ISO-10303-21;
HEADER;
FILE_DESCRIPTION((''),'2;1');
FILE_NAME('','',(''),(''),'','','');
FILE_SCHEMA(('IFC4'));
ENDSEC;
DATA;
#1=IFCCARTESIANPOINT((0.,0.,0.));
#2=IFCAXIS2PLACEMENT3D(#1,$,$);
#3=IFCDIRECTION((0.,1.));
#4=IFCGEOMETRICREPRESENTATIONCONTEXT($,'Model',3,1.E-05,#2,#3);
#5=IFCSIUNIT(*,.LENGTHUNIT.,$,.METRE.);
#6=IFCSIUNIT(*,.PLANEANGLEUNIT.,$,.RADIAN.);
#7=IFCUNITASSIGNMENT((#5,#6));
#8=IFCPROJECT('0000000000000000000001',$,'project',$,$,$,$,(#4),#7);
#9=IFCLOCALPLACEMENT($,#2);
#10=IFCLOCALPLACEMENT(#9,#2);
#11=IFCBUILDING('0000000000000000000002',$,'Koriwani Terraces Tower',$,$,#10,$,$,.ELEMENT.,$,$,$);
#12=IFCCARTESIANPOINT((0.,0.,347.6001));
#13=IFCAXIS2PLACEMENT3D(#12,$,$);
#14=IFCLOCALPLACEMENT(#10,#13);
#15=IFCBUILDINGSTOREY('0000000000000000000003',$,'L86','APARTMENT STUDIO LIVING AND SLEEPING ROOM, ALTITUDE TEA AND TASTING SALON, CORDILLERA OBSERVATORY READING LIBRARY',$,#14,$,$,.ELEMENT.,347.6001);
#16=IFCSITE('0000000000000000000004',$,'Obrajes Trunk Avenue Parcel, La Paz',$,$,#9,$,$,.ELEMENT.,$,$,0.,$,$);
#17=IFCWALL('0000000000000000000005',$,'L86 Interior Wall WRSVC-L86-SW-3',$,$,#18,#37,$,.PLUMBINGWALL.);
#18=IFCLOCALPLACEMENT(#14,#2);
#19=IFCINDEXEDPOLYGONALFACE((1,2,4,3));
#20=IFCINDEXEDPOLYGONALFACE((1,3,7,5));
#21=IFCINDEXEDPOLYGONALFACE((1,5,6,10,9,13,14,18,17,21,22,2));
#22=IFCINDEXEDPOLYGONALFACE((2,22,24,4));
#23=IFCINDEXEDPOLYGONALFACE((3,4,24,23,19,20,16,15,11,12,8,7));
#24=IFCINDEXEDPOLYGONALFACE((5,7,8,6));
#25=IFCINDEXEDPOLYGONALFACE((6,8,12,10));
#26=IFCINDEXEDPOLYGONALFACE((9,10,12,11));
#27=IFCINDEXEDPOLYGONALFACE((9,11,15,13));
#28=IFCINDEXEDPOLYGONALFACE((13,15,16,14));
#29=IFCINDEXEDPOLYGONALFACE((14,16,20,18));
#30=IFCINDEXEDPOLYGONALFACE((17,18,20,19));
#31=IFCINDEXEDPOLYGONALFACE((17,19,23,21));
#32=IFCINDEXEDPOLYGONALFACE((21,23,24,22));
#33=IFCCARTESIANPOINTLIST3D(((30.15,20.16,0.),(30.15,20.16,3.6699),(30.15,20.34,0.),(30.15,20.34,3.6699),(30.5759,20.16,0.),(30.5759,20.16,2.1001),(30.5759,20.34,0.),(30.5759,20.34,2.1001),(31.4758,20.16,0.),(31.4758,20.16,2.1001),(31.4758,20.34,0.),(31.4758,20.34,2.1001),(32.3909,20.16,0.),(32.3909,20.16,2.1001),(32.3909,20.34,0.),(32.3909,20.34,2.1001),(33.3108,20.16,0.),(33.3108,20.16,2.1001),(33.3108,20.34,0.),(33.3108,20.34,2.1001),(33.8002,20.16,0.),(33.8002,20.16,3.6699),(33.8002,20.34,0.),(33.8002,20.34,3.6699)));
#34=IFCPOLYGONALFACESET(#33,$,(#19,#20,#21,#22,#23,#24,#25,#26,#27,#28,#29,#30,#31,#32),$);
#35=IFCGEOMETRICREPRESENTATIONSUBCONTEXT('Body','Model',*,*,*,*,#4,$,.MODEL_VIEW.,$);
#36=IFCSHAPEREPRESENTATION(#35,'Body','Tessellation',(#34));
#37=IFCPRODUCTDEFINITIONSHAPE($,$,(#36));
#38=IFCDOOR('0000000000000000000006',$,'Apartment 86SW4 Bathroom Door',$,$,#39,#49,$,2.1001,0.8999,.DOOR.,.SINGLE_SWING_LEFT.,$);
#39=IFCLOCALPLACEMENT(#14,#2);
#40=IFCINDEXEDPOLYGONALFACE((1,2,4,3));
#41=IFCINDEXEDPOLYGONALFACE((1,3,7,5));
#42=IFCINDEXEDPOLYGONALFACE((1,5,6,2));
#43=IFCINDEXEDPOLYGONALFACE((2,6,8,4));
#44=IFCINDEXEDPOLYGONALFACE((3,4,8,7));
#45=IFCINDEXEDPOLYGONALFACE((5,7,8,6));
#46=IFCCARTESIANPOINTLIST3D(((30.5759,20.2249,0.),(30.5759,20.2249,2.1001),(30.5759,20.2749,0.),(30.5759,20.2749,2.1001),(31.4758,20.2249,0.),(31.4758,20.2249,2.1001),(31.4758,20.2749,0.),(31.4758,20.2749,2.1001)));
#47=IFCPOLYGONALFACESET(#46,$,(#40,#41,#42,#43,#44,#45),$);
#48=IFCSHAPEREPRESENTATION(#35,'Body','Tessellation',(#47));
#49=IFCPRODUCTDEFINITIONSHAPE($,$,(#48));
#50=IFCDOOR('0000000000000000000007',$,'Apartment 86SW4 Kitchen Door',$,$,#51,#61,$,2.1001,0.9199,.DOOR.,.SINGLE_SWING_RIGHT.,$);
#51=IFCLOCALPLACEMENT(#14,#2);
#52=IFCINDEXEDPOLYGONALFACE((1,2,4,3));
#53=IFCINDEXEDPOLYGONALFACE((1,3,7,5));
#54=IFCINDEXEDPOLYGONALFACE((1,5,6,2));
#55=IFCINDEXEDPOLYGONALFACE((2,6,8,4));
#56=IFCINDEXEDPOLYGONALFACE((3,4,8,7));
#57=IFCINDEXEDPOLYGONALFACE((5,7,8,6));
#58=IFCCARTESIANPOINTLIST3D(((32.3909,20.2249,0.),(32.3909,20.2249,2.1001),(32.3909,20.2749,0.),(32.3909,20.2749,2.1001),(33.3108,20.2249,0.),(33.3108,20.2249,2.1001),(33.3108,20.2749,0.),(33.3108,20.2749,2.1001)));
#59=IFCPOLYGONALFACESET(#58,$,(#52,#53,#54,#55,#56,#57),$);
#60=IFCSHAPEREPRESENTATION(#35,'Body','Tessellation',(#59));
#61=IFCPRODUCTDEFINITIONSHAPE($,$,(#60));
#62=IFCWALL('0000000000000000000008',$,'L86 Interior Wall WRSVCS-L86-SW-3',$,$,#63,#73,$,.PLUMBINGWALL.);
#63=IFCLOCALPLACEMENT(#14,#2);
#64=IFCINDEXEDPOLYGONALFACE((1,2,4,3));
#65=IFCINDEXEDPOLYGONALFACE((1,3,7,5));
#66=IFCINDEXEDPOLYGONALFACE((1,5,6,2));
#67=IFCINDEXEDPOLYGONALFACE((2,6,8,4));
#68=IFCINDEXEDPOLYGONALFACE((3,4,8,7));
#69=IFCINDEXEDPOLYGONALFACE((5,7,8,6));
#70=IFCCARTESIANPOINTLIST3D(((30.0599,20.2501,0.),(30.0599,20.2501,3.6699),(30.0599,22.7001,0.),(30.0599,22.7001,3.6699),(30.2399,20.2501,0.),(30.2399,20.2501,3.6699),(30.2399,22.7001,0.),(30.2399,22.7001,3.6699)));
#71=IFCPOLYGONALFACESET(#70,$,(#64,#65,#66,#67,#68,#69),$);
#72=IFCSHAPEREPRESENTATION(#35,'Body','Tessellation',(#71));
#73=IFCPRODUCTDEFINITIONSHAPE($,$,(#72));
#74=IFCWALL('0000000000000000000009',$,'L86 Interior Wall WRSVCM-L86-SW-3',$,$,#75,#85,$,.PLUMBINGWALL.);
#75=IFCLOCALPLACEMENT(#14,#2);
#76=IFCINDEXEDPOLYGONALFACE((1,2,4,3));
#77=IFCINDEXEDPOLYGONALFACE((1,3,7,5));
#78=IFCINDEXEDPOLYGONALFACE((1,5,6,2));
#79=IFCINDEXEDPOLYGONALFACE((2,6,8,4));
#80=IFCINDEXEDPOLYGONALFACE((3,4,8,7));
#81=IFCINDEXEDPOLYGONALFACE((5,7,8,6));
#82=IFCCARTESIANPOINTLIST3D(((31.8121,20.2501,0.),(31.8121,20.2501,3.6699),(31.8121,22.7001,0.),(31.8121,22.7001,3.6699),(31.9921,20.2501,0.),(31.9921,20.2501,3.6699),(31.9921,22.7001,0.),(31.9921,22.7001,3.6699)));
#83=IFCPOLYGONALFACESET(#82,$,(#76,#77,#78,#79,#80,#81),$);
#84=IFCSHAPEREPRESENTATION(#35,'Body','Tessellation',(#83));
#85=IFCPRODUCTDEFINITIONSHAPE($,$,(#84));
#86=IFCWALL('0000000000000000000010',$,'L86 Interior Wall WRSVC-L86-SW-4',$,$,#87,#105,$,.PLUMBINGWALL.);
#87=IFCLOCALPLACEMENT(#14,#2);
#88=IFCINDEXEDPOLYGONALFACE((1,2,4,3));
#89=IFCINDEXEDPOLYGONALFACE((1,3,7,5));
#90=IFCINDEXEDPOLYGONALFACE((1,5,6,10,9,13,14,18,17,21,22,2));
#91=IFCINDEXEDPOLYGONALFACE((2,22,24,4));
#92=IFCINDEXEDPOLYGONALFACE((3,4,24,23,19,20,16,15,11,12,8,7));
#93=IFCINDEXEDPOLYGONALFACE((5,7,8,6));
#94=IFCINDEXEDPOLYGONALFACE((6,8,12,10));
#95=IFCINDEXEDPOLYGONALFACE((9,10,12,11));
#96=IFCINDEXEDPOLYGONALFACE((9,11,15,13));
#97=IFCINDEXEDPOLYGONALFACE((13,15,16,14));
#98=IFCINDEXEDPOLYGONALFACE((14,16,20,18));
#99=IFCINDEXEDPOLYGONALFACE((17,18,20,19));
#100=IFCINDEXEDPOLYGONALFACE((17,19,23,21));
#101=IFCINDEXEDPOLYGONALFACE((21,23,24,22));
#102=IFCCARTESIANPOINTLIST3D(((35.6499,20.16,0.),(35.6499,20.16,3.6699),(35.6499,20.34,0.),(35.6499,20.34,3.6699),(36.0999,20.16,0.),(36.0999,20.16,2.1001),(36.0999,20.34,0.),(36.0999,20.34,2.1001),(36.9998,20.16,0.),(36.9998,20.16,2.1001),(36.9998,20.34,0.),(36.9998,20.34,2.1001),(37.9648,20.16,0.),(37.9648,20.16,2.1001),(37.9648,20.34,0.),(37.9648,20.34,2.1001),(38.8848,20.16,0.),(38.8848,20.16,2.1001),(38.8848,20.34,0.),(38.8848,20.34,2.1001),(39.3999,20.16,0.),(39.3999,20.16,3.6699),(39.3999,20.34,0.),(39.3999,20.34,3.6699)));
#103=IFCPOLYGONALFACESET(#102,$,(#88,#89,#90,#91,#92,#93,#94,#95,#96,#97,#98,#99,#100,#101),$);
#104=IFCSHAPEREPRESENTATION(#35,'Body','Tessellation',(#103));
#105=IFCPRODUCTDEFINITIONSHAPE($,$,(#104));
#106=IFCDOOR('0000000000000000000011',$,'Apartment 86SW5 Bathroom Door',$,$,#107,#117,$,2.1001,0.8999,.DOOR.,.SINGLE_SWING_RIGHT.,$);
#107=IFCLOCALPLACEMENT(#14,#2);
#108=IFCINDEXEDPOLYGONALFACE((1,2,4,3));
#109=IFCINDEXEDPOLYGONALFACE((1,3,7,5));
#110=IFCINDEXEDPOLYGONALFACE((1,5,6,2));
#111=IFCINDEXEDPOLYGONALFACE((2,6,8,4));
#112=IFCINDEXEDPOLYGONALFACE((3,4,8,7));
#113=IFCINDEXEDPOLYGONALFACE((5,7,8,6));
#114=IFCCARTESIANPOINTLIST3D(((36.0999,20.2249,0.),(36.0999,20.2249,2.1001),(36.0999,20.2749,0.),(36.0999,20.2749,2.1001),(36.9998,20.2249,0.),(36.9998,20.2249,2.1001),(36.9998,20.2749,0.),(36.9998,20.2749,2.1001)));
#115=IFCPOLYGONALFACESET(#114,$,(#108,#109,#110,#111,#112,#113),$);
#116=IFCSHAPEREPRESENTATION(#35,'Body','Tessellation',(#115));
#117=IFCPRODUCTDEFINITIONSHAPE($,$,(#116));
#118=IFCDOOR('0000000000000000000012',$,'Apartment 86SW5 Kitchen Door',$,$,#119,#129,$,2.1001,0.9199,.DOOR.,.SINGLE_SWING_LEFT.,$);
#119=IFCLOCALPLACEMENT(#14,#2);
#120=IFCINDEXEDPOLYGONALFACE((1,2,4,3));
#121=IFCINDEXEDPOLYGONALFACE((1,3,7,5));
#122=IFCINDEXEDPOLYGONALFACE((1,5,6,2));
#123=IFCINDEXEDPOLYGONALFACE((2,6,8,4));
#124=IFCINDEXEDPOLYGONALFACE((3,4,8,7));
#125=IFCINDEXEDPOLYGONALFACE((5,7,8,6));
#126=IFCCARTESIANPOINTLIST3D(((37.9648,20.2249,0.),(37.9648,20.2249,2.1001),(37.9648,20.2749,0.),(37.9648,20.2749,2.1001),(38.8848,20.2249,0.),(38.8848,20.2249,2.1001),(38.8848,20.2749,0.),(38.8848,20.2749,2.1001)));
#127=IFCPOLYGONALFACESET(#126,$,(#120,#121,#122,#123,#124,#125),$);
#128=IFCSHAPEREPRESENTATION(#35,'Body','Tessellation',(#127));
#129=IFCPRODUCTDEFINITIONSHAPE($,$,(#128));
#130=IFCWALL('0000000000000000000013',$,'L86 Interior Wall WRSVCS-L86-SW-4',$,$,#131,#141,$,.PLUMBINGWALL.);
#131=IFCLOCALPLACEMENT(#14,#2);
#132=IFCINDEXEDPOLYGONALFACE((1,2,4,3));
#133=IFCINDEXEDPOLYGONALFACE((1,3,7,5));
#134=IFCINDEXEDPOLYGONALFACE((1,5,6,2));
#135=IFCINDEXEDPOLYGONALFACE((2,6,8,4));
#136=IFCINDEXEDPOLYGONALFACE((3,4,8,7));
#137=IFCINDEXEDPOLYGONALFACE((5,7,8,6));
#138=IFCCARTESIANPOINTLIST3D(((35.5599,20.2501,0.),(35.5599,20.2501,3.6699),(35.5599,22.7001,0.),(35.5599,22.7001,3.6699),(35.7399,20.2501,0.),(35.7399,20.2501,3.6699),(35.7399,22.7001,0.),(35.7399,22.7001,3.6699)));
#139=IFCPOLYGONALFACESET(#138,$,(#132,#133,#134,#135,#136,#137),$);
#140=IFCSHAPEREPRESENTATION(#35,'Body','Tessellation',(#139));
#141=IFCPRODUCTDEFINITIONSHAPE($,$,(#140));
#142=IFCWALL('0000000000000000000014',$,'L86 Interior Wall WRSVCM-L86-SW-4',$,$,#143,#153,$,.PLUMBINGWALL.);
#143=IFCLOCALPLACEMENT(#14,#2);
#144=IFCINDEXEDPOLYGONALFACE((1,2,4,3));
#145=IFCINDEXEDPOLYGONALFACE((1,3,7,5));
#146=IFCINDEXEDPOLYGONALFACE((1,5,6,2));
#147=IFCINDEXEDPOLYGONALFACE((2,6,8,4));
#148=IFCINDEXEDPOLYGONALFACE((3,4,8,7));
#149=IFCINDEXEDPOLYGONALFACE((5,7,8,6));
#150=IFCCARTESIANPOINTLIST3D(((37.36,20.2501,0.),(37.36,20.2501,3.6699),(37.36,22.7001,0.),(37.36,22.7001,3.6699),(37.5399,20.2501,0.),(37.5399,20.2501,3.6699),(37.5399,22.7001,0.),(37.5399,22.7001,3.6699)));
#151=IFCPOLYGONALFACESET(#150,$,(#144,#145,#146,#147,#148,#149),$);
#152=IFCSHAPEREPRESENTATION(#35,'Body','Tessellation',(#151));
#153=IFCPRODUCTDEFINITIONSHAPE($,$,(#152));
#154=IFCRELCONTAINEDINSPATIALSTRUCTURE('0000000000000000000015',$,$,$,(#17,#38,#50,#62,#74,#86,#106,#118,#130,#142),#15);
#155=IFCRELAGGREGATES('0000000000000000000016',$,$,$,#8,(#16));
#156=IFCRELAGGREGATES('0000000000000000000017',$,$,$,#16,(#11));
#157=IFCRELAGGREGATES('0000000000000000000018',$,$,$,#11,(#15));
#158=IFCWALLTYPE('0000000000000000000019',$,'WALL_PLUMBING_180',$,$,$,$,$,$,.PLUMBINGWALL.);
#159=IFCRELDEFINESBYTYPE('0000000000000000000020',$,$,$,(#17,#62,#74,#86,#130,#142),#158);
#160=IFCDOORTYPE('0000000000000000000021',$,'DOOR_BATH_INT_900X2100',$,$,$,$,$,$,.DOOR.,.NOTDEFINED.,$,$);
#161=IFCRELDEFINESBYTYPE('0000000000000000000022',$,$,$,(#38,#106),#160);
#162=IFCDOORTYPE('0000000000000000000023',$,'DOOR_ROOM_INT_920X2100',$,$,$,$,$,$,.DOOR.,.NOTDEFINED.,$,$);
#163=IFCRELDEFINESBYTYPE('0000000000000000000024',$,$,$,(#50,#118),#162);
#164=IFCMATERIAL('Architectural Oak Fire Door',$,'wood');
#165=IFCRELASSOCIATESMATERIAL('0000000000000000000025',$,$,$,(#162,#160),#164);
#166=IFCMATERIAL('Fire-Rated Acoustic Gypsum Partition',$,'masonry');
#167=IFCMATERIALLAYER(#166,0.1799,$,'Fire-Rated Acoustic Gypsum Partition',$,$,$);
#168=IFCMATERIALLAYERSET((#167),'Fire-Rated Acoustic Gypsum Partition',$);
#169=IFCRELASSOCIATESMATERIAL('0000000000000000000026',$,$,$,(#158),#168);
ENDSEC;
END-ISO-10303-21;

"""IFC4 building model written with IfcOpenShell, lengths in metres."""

from ifc_helpers import new_model, si_unit, direction, frame, frame_2d, origin, place, context, subcontext, project, spatial, rectangle, extrude, material, layer, layer_set, type_object, element, fill, save


model = new_model("IFC4")

# Units and contexts
model_context = context("Model", 3, precision=1e-05, world=origin(), true_north=direction((0.0, 1.0)))
body_context = subcontext(model_context, "Body", "Model", "MODEL_VIEW")
ifc_project = project(units=[si_unit("LENGTHUNIT", "METRE"), si_unit("PLANEANGLEUNIT", "RADIAN")], contexts=[model_context])

# Site, building, storey
site_placement = place(None, origin())
site = spatial("IfcSite", under=ifc_project, at=site_placement, Name="Obrajes Trunk Avenue Parcel, La Paz", CompositionType="ELEMENT", RefElevation=0.0)
building_placement = place(site_placement, origin())
building = spatial("IfcBuilding", under=site, at=building_placement, Name="Koriwani Terraces Tower", CompositionType="ELEMENT")
storey_placement = place(building_placement, frame((0.0, 0.0, 347.6001)))
storey = spatial("IfcBuildingStorey", under=building, at=storey_placement, Name="L86", Description="APARTMENT STUDIO LIVING AND SLEEPING ROOM, ALTITUDE TEA AND TASTING SALON, CORDILLERA OBSERVATORY READING LIBRARY", CompositionType="ELEMENT", Elevation=347.6001)

# Shared definitions
ifc_material_1 = material(Name="Architectural Oak Fire Door", Category="wood")
door_type_1 = type_object("IfcDoorType", Name="DOOR_ROOM_INT_920X2100", OperationType="NOTDEFINED", PredefinedType="DOOR", material=ifc_material_1)

# Shared definitions
ifc_material_2 = material(Name="Fire-Rated Acoustic Gypsum Partition", Category="masonry")
ifc_layer_1 = layer(ifc_material_2, 0.1799, Name="Fire-Rated Acoustic Gypsum Partition")
ifc_layer_set_1 = layer_set([ifc_layer_1], Name="Fire-Rated Acoustic Gypsum Partition")
wall_type_1 = type_object("IfcWallType", Name="WALL_PLUMBING_180", PredefinedType="PLUMBINGWALL", material=ifc_layer_set_1)

# Wall, openings, doors
wall_1_placement = place(storey_placement, frame((30.1499, 20.25, 0.0), z_axis=(0.0, 0.0, 1.0), x_axis=(1.0, 0.0, 0.0)))
wall_1 = element("IfcWall", 1, at=wall_1_placement, inside=storey, type_object=wall_type_1, Name="L86 Interior Wall WRSVC-L86-SW-3", PredefinedType="PLUMBINGWALL", context=body_context, shape_type="SweptSolid", body=[
    extrude(rectangle(XDim=3.6501, YDim=0.1799, at=frame_2d((1.8252, 0.0))), origin(), (0.0, 0.0, 1.0), 3.6699),
])
opening_1_placement = place(wall_1_placement, frame((0.426, 0.0, 0.0)))
opening_1 = element("IfcOpeningElement", 2, at=opening_1_placement, cuts=wall_1, PredefinedType="OPENING", context=body_context, shape_type="SweptSolid", body=[
    extrude(rectangle(XDim=0.8999, YDim=2.1001, at=frame_2d((0.45, 1.05))), frame((0.0, 0.1001, 0.0), z_axis=(0.0, -1.0, 0.0), x_axis=(1.0, 0.0, 0.0)), (0.0, 0.0, 1.0), 0.2),
])
opening_2_placement = place(wall_1_placement, frame((2.241, 0.0, 0.0)))
opening_2 = element("IfcOpeningElement", 3, at=opening_2_placement, cuts=wall_1, PredefinedType="OPENING", context=body_context, shape_type="SweptSolid", body=[
    extrude(rectangle(XDim=0.9199, YDim=2.1001, at=frame_2d((0.46, 1.05))), frame((0.0, 0.1001, 0.0), z_axis=(0.0, -1.0, 0.0), x_axis=(1.0, 0.0, 0.0)), (0.0, 0.0, 1.0), 0.2),
])
door_type_2 = type_object("IfcDoorType", Name="DOOR_BATH_INT_900X2100", OperationType="NOTDEFINED", PredefinedType="DOOR", material=ifc_material_1)
door_1_placement = place(opening_1_placement, origin())
door_1 = element("IfcDoor", 4, at=door_1_placement, inside=storey, type_object=door_type_2, Name="Apartment 86SW4 Bathroom Door", OperationType="SINGLE_SWING_LEFT", OverallHeight=2.1001, OverallWidth=0.8999, PredefinedType="DOOR", context=body_context, shape_type="SweptSolid", body=[
    extrude(rectangle(XDim=0.8999, YDim=2.1001, at=frame_2d((0.45, 1.05))), frame((0.0, 0.0249, 0.0), z_axis=(0.0, -1.0, 0.0), x_axis=(1.0, 0.0, 0.0)), (0.0, 0.0, 1.0), 0.05),
])
fill(opening_1, door_1)
door_2_placement = place(opening_2_placement, origin())
door_2 = element("IfcDoor", 5, at=door_2_placement, inside=storey, type_object=door_type_1, Name="Apartment 86SW4 Kitchen Door", OperationType="SINGLE_SWING_RIGHT", OverallHeight=2.1001, OverallWidth=0.9199, PredefinedType="DOOR", context=body_context, shape_type="SweptSolid", body=[
    extrude(rectangle(XDim=0.9199, YDim=2.1001, at=frame_2d((0.46, 1.05))), frame((0.0, 0.0249, 0.0), z_axis=(0.0, -1.0, 0.0), x_axis=(1.0, 0.0, 0.0)), (0.0, 0.0, 1.0), 0.05),
])
fill(opening_2, door_2)

# Walls
for number, where, z_axis, x_axis, name in (
    (6, (30.1499, 20.25, 0.0), (0.0, 0.0, 1.0), (0.0, 1.0, 0.0), "L86 Interior Wall WRSVCS-L86-SW-3"),
    (7, (31.9021, 20.25, 0.0), (0.0, 0.0, 1.0), (0.0, 1.0, 0.0), "L86 Interior Wall WRSVCM-L86-SW-3"),
):
    element("IfcWall", number, at=place(storey_placement, frame(where, z_axis=z_axis, x_axis=x_axis)), inside=storey, type_object=wall_type_1, Name=name, PredefinedType="PLUMBINGWALL", context=body_context, shape_type="SweptSolid", body=[
        extrude(rectangle(XDim=2.45, YDim=0.1799, at=frame_2d((1.2251, 0.0))), origin(), (0.0, 0.0, 1.0), 3.6699),
    ])

# Wall, openings, doors
wall_2_placement = place(storey_placement, frame((35.6499, 20.25, 0.0), z_axis=(0.0, 0.0, 1.0), x_axis=(1.0, 0.0, 0.0)))
wall_2 = element("IfcWall", 8, at=wall_2_placement, inside=storey, type_object=wall_type_1, Name="L86 Interior Wall WRSVC-L86-SW-4", PredefinedType="PLUMBINGWALL", context=body_context, shape_type="SweptSolid", body=[
    extrude(rectangle(XDim=3.75, YDim=0.1799, at=frame_2d((1.875, 0.0))), origin(), (0.0, 0.0, 1.0), 3.6699),
])
opening_3_placement = place(wall_2_placement, frame((0.45, 0.0, 0.0)))
opening_3 = element("IfcOpeningElement", 9, at=opening_3_placement, cuts=wall_2, PredefinedType="OPENING", context=body_context, shape_type="SweptSolid", body=[
    extrude(rectangle(XDim=0.8999, YDim=2.1001, at=frame_2d((0.45, 1.05))), frame((0.0, 0.1001, 0.0), z_axis=(0.0, -1.0, 0.0), x_axis=(1.0, 0.0, 0.0)), (0.0, 0.0, 1.0), 0.2),
])
opening_4_placement = place(wall_2_placement, frame((2.3149, 0.0, 0.0)))
opening_4 = element("IfcOpeningElement", 10, at=opening_4_placement, cuts=wall_2, PredefinedType="OPENING", context=body_context, shape_type="SweptSolid", body=[
    extrude(rectangle(XDim=0.9199, YDim=2.1001, at=frame_2d((0.46, 1.05))), frame((0.0, 0.1001, 0.0), z_axis=(0.0, -1.0, 0.0), x_axis=(1.0, 0.0, 0.0)), (0.0, 0.0, 1.0), 0.2),
])
door_3_placement = place(opening_3_placement, origin())
door_3 = element("IfcDoor", 11, at=door_3_placement, inside=storey, type_object=door_type_2, Name="Apartment 86SW5 Bathroom Door", OperationType="SINGLE_SWING_RIGHT", OverallHeight=2.1001, OverallWidth=0.8999, PredefinedType="DOOR", context=body_context, shape_type="SweptSolid", body=[
    extrude(rectangle(XDim=0.8999, YDim=2.1001, at=frame_2d((0.45, 1.05))), frame((0.0, 0.0249, 0.0), z_axis=(0.0, -1.0, 0.0), x_axis=(1.0, 0.0, 0.0)), (0.0, 0.0, 1.0), 0.05),
])
fill(opening_3, door_3)
door_4_placement = place(opening_4_placement, origin())
door_4 = element("IfcDoor", 12, at=door_4_placement, inside=storey, type_object=door_type_1, Name="Apartment 86SW5 Kitchen Door", OperationType="SINGLE_SWING_LEFT", OverallHeight=2.1001, OverallWidth=0.9199, PredefinedType="DOOR", context=body_context, shape_type="SweptSolid", body=[
    extrude(rectangle(XDim=0.9199, YDim=2.1001, at=frame_2d((0.46, 1.05))), frame((0.0, 0.0249, 0.0), z_axis=(0.0, -1.0, 0.0), x_axis=(1.0, 0.0, 0.0)), (0.0, 0.0, 1.0), 0.05),
])
fill(opening_4, door_4)

# Walls
for number, where, z_axis, x_axis, name in (
    (13, (35.6499, 20.25, 0.0), (0.0, 0.0, 1.0), (0.0, 1.0, 0.0), "L86 Interior Wall WRSVCS-L86-SW-4"),
    (14, (37.45, 20.25, 0.0), (0.0, 0.0, 1.0), (0.0, 1.0, 0.0), "L86 Interior Wall WRSVCM-L86-SW-4"),
):
    element("IfcWall", number, at=place(storey_placement, frame(where, z_axis=z_axis, x_axis=x_axis)), inside=storey, type_object=wall_type_1, Name=name, PredefinedType="PLUMBINGWALL", context=body_context, shape_type="SweptSolid", body=[
        extrude(rectangle(XDim=2.45, YDim=0.1799, at=frame_2d((1.2251, 0.0))), origin(), (0.0, 0.0, 1.0), 3.6699),
    ])

save(model, "model.ifc")
